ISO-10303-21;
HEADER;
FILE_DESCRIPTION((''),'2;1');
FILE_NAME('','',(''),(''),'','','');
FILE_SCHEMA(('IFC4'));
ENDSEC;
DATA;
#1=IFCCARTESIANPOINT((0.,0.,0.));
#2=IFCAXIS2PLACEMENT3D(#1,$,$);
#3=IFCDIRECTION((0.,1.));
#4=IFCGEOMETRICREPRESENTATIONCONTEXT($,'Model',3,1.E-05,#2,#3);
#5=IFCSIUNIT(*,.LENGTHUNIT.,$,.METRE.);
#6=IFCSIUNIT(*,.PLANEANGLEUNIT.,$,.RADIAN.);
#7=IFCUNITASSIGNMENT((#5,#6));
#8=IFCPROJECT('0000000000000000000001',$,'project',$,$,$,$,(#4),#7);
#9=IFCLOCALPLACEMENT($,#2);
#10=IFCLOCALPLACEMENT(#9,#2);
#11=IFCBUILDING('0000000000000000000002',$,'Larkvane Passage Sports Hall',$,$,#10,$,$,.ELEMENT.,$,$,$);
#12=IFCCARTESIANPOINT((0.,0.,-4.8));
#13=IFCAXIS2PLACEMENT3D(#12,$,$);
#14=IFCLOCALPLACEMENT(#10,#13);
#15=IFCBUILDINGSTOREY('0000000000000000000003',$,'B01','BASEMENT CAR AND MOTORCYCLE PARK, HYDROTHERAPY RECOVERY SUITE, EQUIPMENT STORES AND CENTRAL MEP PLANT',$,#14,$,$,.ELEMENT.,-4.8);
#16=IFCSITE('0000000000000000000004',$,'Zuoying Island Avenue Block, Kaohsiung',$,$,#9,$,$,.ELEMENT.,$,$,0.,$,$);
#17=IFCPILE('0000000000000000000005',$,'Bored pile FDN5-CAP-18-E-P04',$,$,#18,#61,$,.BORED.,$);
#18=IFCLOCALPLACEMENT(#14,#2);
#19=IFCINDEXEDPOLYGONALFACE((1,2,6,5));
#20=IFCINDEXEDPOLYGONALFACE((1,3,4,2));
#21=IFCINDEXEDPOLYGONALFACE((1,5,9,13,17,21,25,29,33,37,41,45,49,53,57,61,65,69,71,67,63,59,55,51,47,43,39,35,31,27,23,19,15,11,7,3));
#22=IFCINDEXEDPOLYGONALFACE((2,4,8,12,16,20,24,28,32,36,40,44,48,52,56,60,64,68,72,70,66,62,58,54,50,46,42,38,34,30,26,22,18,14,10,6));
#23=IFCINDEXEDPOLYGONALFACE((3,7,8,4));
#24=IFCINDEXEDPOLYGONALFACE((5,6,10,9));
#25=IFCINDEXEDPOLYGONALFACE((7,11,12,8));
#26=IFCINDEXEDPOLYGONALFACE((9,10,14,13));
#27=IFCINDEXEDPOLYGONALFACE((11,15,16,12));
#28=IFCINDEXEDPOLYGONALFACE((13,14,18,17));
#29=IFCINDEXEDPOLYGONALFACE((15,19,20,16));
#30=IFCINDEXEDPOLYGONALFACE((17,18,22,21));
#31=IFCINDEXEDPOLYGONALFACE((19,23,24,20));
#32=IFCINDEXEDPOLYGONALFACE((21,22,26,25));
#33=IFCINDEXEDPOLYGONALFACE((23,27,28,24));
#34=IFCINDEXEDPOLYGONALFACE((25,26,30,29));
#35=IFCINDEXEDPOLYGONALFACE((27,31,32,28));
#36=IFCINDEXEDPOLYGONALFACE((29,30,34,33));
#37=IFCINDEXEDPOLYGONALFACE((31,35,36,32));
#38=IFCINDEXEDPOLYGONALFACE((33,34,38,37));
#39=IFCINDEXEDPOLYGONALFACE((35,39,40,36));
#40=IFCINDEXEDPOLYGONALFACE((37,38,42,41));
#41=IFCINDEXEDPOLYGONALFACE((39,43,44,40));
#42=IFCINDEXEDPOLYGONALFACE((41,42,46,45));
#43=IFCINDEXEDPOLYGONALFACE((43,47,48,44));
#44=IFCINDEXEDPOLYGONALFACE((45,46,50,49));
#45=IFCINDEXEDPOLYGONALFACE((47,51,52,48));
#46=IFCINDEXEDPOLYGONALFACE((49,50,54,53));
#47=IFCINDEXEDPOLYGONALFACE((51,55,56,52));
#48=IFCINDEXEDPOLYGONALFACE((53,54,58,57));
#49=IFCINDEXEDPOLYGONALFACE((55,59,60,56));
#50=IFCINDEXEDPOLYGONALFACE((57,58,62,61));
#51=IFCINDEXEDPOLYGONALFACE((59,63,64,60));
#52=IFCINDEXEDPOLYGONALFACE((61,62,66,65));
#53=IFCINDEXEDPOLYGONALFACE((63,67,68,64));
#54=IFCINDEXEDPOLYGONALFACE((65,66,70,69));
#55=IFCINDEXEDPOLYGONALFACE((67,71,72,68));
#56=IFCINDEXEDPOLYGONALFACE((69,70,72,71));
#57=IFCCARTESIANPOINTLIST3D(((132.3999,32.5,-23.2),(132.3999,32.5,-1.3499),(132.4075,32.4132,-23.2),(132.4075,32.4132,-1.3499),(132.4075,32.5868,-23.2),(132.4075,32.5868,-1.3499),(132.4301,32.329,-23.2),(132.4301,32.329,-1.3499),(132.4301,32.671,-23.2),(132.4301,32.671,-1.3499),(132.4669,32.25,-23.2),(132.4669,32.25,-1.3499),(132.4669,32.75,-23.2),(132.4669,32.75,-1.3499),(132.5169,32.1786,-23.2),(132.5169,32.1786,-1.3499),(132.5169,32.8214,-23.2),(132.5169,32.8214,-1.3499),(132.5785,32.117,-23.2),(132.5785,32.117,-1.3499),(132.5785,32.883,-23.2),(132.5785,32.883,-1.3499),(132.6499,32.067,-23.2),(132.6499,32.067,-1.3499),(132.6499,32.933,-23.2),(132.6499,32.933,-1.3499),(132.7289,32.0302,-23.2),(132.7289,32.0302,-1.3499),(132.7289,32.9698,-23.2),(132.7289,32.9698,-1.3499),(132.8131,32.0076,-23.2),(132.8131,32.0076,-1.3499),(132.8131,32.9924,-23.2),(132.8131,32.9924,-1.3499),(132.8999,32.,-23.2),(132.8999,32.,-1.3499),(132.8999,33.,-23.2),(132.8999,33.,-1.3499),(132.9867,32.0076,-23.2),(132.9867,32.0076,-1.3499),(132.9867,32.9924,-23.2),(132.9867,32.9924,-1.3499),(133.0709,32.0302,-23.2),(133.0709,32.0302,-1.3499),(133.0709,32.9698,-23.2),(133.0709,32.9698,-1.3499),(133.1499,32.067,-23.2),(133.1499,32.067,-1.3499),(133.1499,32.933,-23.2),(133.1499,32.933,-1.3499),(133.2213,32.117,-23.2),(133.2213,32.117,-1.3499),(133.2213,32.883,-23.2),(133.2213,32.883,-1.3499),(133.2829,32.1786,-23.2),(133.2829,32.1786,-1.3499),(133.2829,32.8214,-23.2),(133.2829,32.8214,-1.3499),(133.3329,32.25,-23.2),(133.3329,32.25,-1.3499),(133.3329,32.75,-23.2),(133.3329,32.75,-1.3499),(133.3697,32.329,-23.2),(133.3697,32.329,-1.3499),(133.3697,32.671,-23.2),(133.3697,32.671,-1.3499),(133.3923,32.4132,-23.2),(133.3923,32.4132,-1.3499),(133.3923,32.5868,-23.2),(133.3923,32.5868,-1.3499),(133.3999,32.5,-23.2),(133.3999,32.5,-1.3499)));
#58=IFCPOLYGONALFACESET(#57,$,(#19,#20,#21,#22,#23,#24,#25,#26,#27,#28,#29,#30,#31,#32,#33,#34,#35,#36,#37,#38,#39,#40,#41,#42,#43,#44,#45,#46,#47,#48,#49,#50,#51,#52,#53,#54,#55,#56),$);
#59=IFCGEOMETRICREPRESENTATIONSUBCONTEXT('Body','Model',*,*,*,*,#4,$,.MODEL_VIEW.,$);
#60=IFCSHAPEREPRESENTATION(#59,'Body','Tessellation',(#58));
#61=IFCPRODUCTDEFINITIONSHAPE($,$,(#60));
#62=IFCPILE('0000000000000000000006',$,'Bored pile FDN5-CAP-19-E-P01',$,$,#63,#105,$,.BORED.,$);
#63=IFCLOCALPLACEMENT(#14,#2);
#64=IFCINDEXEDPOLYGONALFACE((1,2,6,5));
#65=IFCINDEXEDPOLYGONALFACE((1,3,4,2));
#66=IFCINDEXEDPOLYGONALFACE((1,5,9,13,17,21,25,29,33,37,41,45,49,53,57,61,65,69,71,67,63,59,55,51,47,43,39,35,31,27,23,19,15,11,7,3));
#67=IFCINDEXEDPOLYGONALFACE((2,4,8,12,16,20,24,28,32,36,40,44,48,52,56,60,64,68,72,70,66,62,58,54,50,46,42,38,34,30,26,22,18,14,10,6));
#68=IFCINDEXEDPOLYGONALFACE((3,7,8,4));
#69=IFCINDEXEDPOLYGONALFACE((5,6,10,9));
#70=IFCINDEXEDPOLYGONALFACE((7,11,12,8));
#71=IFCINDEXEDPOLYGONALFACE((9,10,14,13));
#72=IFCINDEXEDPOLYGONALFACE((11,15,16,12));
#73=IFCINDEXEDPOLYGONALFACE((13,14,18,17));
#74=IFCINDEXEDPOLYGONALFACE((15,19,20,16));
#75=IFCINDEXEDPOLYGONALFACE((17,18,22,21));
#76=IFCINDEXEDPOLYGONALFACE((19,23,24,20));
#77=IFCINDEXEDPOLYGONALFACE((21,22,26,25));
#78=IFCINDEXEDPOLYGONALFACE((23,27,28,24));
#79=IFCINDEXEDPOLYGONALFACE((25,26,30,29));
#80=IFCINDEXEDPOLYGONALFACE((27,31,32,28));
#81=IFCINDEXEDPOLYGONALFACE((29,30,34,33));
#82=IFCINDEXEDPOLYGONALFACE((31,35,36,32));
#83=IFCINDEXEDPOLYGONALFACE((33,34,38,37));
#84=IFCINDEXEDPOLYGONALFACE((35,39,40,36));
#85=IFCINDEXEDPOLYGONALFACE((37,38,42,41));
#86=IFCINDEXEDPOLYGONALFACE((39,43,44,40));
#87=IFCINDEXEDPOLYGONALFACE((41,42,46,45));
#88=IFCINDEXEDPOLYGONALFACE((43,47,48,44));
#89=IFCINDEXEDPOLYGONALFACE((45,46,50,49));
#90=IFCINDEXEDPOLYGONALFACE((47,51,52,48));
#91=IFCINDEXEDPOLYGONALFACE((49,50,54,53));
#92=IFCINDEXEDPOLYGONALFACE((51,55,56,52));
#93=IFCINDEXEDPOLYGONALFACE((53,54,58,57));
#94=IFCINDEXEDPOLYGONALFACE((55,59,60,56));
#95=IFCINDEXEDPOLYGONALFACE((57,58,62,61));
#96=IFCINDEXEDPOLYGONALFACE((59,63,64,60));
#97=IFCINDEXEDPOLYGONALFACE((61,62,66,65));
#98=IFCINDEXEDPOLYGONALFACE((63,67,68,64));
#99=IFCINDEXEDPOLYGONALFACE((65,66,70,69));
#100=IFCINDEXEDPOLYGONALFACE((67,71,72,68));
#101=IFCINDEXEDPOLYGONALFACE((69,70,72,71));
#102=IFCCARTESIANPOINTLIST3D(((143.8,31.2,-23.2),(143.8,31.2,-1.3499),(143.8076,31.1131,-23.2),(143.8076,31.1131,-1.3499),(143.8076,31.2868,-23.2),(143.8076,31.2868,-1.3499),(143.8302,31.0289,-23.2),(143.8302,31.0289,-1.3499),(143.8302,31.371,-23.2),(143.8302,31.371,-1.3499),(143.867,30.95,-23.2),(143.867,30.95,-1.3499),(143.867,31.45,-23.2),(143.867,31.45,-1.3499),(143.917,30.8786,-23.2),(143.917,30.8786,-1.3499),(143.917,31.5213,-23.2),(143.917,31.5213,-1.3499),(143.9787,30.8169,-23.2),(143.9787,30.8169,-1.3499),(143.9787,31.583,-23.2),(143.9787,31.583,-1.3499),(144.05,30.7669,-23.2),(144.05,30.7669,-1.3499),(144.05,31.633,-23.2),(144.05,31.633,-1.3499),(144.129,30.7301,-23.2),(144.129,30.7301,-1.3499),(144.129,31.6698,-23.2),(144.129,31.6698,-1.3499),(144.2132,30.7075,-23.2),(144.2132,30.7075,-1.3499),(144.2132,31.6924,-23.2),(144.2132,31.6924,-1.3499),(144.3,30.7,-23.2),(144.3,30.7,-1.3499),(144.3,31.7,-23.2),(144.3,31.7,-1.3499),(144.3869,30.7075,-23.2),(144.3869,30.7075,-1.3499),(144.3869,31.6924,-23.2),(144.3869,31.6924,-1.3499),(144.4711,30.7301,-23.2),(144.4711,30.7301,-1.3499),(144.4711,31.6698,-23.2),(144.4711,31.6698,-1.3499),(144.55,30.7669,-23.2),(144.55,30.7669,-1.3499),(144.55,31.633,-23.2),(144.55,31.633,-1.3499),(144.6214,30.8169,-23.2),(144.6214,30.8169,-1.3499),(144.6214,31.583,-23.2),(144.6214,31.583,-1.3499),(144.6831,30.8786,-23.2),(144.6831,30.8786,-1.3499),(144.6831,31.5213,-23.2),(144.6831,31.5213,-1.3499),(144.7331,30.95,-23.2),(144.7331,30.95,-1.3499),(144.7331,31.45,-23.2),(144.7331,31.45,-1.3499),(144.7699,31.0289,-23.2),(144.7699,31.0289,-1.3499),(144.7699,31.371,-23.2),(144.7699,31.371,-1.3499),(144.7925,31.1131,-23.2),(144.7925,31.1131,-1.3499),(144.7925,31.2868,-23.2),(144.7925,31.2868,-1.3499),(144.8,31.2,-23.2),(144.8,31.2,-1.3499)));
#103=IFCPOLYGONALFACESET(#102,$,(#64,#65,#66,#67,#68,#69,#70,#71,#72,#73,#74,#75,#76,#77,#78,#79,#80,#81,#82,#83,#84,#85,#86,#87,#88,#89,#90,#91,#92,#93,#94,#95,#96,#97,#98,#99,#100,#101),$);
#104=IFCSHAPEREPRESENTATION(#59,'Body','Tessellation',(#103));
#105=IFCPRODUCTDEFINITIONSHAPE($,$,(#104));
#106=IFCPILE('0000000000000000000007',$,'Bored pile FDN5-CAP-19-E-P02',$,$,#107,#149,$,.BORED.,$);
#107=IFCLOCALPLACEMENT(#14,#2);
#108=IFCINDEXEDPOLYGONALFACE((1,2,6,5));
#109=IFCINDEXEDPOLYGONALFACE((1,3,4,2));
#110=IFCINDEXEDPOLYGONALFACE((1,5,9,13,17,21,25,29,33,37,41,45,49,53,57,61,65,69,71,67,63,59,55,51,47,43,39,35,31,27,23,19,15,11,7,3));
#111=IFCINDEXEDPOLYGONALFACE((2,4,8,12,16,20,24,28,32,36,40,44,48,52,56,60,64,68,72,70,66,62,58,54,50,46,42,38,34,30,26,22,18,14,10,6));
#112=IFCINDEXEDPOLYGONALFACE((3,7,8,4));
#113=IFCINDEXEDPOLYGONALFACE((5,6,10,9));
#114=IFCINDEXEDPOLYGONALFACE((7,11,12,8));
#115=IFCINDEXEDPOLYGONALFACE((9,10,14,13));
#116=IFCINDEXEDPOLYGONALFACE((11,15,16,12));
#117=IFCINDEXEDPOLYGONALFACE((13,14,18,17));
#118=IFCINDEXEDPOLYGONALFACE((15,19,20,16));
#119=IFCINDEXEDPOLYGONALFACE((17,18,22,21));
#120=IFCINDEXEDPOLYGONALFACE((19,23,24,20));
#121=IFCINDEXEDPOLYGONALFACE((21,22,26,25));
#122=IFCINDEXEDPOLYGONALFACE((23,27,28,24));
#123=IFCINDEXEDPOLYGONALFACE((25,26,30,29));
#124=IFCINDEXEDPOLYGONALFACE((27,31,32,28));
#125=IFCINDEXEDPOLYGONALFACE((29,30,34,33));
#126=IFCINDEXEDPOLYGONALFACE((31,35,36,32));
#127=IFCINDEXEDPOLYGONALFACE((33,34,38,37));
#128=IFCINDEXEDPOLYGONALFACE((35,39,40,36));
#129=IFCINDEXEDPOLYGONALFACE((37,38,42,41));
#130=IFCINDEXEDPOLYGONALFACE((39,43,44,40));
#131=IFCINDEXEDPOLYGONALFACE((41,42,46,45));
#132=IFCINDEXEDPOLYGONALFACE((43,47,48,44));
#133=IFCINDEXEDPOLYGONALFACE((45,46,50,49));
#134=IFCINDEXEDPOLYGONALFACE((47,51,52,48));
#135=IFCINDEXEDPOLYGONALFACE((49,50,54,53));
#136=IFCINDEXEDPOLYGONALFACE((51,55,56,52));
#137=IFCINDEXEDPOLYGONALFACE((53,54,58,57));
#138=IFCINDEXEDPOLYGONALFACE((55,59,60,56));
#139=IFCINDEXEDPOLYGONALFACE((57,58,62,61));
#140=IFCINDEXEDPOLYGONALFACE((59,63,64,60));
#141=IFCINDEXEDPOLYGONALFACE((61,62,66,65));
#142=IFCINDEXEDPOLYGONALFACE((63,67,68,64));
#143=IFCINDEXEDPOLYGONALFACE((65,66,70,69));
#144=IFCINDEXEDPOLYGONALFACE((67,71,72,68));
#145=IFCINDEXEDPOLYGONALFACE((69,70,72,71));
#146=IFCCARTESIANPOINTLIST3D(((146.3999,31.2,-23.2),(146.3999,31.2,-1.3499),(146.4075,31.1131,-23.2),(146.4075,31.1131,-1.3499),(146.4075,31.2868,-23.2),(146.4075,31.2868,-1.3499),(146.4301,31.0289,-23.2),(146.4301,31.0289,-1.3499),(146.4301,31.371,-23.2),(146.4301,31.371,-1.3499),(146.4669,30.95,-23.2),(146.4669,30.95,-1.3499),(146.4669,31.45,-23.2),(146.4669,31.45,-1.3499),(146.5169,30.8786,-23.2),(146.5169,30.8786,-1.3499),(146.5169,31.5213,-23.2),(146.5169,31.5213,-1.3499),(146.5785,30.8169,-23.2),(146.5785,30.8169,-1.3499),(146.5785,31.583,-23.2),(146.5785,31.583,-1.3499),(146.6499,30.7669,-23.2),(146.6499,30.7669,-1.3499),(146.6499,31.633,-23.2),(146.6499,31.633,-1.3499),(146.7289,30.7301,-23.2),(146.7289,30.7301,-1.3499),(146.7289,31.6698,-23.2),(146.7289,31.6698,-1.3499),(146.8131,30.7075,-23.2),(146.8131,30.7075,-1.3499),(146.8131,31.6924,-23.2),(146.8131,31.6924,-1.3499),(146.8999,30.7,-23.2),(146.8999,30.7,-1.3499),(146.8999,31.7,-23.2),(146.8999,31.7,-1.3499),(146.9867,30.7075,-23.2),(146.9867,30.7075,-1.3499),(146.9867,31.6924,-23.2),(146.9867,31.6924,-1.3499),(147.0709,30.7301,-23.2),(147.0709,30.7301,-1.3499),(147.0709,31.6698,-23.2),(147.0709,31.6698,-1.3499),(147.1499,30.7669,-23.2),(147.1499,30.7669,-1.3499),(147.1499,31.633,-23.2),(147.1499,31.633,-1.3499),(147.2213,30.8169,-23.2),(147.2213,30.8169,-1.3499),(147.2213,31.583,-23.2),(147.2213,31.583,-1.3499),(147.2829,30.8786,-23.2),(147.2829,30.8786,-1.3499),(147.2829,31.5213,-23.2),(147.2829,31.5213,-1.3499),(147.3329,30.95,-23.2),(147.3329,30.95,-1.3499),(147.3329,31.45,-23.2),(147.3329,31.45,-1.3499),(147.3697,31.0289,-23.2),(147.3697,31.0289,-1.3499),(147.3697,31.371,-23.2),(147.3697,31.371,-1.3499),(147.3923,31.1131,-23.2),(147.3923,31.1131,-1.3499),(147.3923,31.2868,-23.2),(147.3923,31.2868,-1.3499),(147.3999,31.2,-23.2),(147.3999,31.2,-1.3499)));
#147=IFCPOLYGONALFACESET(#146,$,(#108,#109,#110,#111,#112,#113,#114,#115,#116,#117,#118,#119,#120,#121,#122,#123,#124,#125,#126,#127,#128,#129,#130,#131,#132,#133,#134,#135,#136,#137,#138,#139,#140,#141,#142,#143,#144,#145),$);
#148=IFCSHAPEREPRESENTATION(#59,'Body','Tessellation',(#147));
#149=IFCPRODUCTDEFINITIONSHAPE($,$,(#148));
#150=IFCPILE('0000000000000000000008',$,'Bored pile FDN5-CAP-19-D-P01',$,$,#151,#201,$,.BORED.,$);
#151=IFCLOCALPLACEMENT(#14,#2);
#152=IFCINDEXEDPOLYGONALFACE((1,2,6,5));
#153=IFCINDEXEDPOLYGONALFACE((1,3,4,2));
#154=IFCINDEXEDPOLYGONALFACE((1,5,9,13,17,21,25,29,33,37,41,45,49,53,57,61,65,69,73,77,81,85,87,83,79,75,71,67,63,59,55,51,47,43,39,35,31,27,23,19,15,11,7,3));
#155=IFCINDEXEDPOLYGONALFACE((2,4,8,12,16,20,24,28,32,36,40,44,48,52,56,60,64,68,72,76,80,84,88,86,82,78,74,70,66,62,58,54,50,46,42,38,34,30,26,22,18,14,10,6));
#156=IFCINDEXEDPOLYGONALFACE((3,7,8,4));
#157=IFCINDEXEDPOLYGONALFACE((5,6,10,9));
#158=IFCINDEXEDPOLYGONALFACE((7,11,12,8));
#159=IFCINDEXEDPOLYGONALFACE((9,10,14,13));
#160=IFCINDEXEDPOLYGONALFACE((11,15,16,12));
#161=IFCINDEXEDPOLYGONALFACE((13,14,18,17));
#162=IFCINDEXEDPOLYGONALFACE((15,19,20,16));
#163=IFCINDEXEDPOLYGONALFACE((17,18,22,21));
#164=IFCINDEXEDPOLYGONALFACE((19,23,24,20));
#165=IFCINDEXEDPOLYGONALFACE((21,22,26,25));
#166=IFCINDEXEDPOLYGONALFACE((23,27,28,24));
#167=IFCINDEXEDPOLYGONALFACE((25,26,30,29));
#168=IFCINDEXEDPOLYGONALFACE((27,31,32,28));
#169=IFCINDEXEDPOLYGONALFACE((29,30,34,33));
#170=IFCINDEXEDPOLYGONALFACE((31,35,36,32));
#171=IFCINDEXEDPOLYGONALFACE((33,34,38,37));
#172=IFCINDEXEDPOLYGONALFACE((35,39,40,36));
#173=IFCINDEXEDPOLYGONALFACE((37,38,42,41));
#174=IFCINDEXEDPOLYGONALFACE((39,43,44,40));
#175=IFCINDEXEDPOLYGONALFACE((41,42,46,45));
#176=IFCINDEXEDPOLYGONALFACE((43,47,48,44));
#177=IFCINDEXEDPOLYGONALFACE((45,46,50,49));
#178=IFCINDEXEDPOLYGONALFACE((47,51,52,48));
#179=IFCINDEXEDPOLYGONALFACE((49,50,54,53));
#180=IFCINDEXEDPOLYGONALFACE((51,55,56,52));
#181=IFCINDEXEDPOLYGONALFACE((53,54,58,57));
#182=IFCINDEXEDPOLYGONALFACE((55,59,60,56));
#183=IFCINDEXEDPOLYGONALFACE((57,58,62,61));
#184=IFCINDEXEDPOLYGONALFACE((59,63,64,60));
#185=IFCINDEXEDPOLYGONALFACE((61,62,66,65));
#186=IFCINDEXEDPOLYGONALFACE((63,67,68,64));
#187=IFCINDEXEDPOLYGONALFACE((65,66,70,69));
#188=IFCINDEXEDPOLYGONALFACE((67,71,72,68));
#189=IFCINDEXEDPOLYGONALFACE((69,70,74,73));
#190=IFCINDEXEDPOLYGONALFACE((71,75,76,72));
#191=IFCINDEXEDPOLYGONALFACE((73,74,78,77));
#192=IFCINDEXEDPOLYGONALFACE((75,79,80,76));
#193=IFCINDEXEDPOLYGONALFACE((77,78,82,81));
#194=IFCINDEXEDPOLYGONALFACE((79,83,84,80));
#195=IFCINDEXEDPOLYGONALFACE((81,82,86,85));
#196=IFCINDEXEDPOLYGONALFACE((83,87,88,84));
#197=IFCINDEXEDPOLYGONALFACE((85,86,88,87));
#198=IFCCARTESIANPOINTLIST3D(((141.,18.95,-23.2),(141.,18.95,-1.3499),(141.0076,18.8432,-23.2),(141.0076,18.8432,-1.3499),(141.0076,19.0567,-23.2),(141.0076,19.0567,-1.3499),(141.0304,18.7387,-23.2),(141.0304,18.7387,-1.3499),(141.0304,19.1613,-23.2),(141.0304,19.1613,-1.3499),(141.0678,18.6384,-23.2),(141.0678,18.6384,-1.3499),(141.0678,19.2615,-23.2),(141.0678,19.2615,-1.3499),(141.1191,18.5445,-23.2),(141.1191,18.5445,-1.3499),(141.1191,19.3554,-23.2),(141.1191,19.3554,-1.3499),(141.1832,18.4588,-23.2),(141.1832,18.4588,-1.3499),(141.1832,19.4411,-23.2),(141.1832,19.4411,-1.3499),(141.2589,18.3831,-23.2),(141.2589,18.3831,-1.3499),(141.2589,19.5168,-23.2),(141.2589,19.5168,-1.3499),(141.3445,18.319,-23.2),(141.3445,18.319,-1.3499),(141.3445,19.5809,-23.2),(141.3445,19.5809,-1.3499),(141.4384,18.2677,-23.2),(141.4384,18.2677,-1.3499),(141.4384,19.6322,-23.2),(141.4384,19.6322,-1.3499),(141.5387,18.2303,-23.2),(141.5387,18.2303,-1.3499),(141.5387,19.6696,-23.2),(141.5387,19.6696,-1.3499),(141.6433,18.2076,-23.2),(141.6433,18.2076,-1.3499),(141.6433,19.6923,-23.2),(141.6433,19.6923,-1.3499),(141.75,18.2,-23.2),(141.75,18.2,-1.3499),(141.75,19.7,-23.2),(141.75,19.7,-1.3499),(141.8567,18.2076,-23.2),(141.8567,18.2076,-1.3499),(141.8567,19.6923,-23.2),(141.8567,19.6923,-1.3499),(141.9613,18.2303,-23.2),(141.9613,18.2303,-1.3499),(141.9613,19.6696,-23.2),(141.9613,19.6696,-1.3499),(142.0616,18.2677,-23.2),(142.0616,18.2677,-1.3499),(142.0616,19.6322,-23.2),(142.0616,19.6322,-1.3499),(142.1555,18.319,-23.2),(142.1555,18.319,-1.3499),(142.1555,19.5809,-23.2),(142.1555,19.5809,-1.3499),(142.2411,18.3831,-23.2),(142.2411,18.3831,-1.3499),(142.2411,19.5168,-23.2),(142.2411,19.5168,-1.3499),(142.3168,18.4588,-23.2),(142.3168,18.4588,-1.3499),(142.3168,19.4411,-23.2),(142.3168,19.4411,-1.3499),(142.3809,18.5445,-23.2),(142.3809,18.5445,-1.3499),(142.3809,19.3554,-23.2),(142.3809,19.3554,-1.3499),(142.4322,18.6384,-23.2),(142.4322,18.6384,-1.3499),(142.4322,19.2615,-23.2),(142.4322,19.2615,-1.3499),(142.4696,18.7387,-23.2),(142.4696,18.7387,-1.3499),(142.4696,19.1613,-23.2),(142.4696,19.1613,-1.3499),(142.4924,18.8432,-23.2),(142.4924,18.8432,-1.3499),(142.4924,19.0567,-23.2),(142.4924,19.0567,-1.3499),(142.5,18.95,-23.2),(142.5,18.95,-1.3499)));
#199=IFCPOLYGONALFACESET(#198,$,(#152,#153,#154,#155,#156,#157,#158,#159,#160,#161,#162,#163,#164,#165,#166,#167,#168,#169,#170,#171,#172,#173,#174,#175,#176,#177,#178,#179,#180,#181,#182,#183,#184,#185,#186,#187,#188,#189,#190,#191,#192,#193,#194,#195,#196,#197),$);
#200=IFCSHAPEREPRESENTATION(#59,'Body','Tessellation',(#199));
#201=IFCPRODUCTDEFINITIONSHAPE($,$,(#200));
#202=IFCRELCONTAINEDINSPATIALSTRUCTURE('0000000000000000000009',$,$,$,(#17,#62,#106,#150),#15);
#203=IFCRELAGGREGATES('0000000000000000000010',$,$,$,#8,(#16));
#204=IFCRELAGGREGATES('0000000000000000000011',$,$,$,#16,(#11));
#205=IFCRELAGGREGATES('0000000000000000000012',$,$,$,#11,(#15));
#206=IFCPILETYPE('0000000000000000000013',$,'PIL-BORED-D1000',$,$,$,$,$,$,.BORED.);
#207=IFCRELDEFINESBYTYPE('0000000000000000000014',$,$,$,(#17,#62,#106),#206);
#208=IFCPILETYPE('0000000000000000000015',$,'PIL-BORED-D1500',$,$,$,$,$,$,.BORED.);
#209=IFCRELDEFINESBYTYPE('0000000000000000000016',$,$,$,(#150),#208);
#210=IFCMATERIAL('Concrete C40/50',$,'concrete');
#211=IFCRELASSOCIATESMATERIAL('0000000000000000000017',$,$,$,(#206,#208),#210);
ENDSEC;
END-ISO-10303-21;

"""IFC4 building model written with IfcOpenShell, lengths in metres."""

from ifc_helpers import new_model, si_unit, direction, frame, origin, origin_2d, place, context, subcontext, project, spatial, circle, extrude, material, material_profile, profile_set, type_object, element, save


model = new_model("IFC4")

# Units and contexts
model_context = context("Model", 3, precision=1e-05, world=origin(), true_north=direction((0.0, 1.0)))
body_context = subcontext(model_context, "Body", "Model", "MODEL_VIEW")
ifc_project = project(units=[si_unit("LENGTHUNIT", "METRE"), si_unit("PLANEANGLEUNIT", "RADIAN")], contexts=[model_context])

# Site, building, storey
site_placement = place(None, origin())
site = spatial("IfcSite", under=ifc_project, at=site_placement, Name="Zuoying Island Avenue Block, Kaohsiung", CompositionType="ELEMENT", RefElevation=0.0)
building_placement = place(site_placement, origin())
building = spatial("IfcBuilding", under=site, at=building_placement, Name="Larkvane Passage Sports Hall", CompositionType="ELEMENT")
storey_placement = place(building_placement, frame((0.0, 0.0, -4.8)))
storey = spatial("IfcBuildingStorey", under=building, at=storey_placement, Name="B01", Description="BASEMENT CAR AND MOTORCYCLE PARK, HYDROTHERAPY RECOVERY SUITE, EQUIPMENT STORES AND CENTRAL MEP PLANT", CompositionType="ELEMENT", Elevation=-4.8)

# Shared definitions
ifc_material_1 = material(Name="Concrete C40/50", Category="concrete")

# Piles
ifc_material_profile_1 = material_profile(ifc_material_1, circle(Radius=0.5, at=origin_2d()), Name="PILE-D1000")
ifc_profile_set_1 = profile_set([ifc_material_profile_1], Name="Concrete C40/50")
pile_type_1 = type_object("IfcPileType", Name="PIL-BORED-D1000", PredefinedType="BORED", material=ifc_profile_set_1)
for number, where, z_axis, x_axis, name in (
    (1, (132.8999, 32.5, -1.3499), (0.0, 0.0, -1.0), (1.0, 0.0, 0.0), "Bored pile FDN5-CAP-18-E-P04"),
    (2, (144.3, 31.2, -1.3499), (0.0, 0.0, -1.0), (1.0, 0.0, 0.0), "Bored pile FDN5-CAP-19-E-P01"),
    (3, (146.8999, 31.2, -1.3499), (0.0, 0.0, -1.0), (1.0, 0.0, 0.0), "Bored pile FDN5-CAP-19-E-P02"),
):
    element("IfcPile", number, at=place(storey_placement, frame(where, z_axis=z_axis, x_axis=x_axis)), inside=storey, type_object=pile_type_1, Name=name, PredefinedType="BORED", context=body_context, shape_type="SweptSolid", body=[
        extrude(circle(Radius=0.5, at=origin_2d()), origin(), (0.0, 0.0, 1.0), 21.8501),
    ])
ifc_material_profile_2 = material_profile(ifc_material_1, circle(Radius=0.75, at=origin_2d()), Name="PILE-D1500")
ifc_profile_set_2 = profile_set([ifc_material_profile_2], Name="Concrete C40/50")
pile_type_2 = type_object("IfcPileType", Name="PIL-BORED-D1500", PredefinedType="BORED", material=ifc_profile_set_2)
for number, where, z_axis, x_axis, name in (
    (4, (141.75, 18.95, -1.3499), (0.0, 0.0, -1.0), (1.0, 0.0, 0.0), "Bored pile FDN5-CAP-19-D-P01"),
):
    element("IfcPile", number, at=place(storey_placement, frame(where, z_axis=z_axis, x_axis=x_axis)), inside=storey, type_object=pile_type_2, Name=name, PredefinedType="BORED", context=body_context, shape_type="SweptSolid", body=[
        extrude(circle(Radius=0.75, at=origin_2d()), origin(), (0.0, 0.0, 1.0), 21.8501),
    ])

save(model, "model.ifc")
